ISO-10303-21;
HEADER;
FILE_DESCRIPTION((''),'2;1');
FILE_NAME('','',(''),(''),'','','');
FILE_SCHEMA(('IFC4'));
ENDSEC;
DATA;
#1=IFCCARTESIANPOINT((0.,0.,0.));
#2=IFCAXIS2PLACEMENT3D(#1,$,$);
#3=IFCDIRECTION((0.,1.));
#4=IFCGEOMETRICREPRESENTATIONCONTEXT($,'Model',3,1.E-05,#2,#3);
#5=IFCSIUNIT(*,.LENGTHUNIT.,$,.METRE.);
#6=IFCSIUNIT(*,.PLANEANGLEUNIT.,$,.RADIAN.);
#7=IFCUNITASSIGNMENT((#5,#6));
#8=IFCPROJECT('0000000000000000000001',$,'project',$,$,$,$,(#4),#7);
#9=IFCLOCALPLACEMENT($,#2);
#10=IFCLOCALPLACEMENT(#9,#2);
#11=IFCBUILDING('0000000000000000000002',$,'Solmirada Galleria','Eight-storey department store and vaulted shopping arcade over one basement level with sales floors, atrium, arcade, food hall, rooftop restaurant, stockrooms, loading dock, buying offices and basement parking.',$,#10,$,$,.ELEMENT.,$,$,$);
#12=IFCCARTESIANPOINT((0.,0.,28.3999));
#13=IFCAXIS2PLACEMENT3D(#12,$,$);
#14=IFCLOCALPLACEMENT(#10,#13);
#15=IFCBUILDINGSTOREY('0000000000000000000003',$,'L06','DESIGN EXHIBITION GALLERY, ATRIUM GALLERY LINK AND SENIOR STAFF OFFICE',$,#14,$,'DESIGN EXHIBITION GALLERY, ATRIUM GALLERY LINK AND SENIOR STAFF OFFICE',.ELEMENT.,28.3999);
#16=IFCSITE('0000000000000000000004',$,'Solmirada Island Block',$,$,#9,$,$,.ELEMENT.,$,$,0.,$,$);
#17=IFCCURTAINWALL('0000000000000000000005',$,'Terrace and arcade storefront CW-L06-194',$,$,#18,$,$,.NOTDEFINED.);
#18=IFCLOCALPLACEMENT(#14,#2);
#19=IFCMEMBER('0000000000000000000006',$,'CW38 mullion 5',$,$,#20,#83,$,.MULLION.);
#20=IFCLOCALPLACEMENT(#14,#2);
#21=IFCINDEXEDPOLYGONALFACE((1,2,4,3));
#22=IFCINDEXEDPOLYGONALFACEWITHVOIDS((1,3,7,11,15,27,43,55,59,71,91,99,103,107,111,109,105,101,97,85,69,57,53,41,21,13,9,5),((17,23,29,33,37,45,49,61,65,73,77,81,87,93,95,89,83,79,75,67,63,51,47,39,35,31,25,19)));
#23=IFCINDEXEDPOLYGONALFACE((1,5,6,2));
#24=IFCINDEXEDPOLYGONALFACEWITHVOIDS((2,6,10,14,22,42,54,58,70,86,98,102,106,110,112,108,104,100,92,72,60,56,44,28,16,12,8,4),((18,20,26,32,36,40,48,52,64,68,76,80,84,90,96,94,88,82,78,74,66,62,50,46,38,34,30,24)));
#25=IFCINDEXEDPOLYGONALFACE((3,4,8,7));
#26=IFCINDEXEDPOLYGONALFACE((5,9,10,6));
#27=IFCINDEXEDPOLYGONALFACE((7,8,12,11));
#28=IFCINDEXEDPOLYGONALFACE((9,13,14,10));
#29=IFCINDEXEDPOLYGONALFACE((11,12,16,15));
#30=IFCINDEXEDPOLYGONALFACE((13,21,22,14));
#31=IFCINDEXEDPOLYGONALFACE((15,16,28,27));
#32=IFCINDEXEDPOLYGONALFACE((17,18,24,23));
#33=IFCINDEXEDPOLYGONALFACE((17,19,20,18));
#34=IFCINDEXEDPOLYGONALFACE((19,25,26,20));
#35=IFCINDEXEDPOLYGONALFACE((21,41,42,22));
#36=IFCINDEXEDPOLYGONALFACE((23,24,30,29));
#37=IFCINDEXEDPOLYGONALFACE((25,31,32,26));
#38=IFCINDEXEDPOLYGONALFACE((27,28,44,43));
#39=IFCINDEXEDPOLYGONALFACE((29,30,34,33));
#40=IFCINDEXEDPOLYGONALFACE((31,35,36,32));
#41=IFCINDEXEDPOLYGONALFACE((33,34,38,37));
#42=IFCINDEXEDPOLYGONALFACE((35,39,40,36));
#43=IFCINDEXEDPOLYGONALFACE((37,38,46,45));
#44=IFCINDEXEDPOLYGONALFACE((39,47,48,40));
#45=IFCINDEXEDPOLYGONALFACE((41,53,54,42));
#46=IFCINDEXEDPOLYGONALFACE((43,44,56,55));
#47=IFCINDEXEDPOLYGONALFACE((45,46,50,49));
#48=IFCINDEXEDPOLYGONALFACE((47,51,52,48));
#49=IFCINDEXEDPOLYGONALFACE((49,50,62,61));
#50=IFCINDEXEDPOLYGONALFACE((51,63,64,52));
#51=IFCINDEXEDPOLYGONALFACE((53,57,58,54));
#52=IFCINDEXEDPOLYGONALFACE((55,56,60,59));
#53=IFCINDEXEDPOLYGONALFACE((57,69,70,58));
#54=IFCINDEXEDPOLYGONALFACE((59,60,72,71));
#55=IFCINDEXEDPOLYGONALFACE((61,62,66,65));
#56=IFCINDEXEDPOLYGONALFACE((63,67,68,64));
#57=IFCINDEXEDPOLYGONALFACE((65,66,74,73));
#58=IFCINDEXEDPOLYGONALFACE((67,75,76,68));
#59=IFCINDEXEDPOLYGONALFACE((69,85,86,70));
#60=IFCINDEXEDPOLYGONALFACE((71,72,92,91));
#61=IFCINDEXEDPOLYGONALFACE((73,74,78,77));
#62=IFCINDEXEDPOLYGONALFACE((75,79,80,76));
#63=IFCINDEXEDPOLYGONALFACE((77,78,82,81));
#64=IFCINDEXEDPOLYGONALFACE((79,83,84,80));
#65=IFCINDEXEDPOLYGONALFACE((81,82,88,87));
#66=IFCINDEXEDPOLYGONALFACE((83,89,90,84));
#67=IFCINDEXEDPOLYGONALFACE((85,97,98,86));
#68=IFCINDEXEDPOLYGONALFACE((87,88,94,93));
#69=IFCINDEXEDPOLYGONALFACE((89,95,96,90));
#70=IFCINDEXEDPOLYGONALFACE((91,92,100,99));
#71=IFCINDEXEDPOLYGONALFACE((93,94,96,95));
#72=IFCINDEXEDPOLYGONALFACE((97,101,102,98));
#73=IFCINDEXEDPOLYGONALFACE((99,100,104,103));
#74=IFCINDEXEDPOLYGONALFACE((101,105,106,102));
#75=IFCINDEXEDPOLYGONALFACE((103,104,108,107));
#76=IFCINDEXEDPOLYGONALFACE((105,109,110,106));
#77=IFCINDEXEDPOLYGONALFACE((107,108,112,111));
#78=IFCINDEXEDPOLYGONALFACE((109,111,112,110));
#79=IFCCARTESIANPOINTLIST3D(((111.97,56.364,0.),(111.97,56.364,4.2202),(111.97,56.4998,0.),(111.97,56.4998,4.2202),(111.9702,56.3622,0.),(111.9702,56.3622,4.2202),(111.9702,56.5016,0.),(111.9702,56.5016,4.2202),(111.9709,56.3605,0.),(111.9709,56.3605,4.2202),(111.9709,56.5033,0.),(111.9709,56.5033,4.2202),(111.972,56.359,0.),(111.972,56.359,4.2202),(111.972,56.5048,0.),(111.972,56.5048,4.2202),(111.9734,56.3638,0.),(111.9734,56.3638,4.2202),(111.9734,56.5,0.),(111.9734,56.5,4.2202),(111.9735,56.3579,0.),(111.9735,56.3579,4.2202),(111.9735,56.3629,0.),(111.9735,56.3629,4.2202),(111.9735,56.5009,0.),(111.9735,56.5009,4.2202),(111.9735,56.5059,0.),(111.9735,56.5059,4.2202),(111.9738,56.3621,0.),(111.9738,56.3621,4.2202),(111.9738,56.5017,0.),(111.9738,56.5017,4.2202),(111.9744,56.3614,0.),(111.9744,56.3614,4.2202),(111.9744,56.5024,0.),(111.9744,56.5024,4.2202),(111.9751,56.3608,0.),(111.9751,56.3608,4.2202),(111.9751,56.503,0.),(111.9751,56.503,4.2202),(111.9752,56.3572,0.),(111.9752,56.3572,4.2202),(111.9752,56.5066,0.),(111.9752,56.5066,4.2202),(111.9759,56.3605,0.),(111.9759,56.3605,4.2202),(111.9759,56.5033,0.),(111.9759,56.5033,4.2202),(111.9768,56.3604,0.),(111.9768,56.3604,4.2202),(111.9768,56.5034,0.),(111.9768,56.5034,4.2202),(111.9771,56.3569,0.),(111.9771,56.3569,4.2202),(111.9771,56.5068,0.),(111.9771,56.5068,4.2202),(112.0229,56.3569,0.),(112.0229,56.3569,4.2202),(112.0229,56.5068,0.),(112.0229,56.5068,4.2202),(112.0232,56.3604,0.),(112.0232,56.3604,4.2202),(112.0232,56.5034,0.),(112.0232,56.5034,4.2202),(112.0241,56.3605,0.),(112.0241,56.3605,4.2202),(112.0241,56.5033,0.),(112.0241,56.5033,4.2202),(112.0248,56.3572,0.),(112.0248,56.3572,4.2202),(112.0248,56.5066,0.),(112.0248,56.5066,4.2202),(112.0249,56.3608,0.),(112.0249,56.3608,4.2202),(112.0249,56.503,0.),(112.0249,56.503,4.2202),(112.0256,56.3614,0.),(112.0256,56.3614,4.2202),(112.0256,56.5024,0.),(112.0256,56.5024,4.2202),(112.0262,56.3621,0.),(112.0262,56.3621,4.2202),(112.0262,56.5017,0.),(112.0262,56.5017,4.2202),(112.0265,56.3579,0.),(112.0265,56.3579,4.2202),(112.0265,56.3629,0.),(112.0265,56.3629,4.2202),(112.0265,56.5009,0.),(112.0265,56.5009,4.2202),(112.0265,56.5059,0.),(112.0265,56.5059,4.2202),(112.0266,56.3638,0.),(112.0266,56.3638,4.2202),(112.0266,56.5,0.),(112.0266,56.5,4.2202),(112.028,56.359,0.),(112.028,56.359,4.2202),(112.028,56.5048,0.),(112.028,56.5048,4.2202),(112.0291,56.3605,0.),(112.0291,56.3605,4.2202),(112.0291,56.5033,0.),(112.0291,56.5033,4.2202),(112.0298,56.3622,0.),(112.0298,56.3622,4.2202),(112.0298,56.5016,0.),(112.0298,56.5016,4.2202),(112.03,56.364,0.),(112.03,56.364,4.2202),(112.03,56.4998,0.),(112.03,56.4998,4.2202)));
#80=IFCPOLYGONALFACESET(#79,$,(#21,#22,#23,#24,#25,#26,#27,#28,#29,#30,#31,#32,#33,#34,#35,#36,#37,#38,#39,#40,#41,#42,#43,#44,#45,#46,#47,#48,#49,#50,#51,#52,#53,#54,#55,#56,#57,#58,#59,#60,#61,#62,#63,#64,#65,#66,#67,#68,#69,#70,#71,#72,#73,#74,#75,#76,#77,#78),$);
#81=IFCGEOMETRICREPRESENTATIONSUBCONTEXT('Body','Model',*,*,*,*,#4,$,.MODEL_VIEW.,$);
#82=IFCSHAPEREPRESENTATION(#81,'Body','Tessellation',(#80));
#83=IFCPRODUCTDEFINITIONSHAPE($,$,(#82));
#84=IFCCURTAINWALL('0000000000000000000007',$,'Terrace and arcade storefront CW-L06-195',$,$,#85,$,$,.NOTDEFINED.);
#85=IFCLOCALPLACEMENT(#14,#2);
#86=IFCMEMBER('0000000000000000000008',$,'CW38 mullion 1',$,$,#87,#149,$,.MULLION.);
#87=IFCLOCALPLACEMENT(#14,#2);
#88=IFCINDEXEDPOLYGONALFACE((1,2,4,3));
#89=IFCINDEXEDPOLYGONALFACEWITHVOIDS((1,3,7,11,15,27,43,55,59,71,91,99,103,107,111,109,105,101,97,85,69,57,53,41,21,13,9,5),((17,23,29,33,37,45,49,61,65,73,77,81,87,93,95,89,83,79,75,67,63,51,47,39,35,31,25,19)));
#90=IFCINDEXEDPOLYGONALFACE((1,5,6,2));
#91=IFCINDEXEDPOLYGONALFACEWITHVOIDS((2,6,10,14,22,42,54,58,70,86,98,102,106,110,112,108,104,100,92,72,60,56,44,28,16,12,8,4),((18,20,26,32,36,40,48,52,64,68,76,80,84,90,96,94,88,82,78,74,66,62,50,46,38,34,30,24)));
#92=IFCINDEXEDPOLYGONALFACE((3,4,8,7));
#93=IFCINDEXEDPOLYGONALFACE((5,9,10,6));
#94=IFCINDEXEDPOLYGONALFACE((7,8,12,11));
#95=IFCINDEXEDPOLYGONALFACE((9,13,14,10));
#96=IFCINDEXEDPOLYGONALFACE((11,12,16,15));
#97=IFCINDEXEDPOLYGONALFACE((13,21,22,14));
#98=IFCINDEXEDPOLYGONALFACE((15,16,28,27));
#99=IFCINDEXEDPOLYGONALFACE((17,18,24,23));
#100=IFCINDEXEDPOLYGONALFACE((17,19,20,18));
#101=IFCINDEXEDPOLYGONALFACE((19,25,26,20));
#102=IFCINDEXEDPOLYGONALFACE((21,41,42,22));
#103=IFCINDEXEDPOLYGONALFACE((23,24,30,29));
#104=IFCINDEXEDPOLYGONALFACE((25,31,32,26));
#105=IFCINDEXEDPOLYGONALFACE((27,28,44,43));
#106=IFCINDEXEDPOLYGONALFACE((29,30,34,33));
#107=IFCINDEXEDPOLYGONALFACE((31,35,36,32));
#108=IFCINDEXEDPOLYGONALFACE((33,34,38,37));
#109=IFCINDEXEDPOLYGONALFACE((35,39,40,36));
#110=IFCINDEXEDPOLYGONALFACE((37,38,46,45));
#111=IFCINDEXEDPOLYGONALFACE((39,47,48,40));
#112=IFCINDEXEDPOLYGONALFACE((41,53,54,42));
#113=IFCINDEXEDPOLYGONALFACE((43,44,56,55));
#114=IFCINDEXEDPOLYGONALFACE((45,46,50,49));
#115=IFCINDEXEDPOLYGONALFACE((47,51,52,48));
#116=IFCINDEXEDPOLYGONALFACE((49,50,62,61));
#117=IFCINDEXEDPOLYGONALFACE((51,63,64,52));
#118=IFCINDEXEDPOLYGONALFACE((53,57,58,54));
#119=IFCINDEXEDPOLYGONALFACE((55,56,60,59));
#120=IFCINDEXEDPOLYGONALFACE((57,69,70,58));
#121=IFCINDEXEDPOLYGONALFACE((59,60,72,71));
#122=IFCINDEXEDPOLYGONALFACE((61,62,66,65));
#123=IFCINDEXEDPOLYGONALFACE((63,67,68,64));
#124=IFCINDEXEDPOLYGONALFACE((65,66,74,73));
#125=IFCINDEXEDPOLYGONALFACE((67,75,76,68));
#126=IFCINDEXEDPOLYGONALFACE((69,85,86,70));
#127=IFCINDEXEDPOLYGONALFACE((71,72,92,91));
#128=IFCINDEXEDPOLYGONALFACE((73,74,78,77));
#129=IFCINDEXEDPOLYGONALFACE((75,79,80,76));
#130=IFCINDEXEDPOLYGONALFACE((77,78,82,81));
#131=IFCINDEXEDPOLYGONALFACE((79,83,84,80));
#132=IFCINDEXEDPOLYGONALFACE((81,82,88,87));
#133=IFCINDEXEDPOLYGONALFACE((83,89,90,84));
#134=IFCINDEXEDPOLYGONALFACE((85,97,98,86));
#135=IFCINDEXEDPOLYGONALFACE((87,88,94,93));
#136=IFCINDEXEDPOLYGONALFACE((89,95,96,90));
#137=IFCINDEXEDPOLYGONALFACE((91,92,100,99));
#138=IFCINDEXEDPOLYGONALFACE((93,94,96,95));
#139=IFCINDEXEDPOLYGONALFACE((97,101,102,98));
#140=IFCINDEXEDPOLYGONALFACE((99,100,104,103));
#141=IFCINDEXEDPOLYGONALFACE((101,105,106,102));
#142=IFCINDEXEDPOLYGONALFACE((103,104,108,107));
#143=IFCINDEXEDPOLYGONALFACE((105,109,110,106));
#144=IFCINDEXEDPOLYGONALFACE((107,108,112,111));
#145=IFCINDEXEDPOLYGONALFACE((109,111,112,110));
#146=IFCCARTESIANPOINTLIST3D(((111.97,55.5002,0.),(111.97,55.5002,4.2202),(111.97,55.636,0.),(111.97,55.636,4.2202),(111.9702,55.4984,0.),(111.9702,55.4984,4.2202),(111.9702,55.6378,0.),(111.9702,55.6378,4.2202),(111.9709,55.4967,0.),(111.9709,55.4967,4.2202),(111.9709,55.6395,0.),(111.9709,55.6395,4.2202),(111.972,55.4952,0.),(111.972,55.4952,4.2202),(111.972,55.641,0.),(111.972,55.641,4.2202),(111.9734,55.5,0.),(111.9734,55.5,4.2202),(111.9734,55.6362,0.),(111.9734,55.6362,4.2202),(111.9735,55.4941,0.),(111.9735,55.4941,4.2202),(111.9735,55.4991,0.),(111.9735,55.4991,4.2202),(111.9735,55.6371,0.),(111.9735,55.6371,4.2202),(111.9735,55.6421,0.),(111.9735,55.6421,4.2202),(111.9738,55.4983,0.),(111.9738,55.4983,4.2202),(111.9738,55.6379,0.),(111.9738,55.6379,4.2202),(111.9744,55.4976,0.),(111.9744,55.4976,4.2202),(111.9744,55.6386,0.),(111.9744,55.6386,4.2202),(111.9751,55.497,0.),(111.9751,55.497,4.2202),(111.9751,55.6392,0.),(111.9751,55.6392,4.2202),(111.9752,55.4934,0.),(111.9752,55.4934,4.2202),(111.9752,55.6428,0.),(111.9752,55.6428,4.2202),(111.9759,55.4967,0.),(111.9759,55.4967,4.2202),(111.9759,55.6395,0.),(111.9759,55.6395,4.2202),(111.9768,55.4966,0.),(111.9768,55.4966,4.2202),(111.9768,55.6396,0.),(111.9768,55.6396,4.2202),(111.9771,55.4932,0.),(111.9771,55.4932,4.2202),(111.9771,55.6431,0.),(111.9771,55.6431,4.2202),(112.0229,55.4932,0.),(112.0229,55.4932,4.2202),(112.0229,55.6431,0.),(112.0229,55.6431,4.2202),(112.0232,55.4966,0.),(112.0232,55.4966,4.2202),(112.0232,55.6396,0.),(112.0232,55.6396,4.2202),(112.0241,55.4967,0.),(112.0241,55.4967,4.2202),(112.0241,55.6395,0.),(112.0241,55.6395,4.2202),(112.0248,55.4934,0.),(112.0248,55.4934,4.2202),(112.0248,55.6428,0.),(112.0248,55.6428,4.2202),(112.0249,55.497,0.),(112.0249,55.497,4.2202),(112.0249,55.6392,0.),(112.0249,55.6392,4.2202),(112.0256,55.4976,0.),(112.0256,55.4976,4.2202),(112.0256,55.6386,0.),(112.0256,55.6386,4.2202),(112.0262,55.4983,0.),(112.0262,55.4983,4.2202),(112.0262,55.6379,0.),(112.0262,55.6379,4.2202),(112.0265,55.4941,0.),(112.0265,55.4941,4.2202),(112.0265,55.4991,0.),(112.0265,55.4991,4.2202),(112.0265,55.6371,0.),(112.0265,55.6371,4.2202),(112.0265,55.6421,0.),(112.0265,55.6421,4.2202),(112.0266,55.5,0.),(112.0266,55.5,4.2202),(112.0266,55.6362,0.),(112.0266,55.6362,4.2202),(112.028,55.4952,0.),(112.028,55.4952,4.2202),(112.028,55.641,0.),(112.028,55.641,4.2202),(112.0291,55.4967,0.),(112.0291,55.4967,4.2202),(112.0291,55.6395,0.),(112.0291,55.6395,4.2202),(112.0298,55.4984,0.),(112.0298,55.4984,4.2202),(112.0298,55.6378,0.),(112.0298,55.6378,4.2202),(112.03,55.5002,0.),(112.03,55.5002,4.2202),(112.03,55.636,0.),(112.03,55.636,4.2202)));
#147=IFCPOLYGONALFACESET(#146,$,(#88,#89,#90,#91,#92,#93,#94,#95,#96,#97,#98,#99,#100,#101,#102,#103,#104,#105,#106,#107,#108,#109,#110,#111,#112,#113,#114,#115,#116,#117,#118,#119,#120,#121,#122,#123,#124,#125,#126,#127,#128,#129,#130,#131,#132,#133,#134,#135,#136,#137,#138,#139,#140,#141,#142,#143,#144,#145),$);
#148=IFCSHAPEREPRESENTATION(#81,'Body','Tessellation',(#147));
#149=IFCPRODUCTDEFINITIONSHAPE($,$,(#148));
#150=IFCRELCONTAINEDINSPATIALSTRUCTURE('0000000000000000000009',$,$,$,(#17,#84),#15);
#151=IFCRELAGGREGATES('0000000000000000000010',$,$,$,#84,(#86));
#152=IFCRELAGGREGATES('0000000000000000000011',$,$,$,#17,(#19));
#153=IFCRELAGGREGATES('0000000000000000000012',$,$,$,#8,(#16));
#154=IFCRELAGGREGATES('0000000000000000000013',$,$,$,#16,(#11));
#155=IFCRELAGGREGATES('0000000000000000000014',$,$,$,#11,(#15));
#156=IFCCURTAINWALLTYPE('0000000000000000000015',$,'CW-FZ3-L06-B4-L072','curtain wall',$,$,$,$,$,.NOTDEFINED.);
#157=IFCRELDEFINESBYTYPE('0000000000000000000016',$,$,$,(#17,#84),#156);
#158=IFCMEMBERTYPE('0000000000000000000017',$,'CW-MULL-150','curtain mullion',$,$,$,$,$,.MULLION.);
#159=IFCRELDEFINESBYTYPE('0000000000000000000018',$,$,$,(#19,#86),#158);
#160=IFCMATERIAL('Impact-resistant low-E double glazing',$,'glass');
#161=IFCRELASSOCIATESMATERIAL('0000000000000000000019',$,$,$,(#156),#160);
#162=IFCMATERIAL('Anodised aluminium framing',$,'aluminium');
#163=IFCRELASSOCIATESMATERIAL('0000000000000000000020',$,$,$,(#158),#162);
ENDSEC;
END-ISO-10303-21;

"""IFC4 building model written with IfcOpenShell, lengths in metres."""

from ifc_helpers import new_model, si_unit, direction, frame, origin, origin_2d, place, context, subcontext, project, spatial, hollow_rectangle, extrude, material, material_profile, profile_set, type_object, element, aggregate, save


model = new_model("IFC4")

# Units and contexts
model_context = context("Model", 3, precision=1e-05, world=origin(), true_north=direction((0.0, 1.0)))
body_context = subcontext(model_context, "Body", "Model", "MODEL_VIEW")
ifc_project = project(units=[si_unit("LENGTHUNIT", "METRE"), si_unit("PLANEANGLEUNIT", "RADIAN")], contexts=[model_context])

# Site, building, storey
site_placement = place(None, origin())
site = spatial("IfcSite", under=ifc_project, at=site_placement, Name="Solmirada Island Block", CompositionType="ELEMENT", RefElevation=0.0)
building_placement = place(site_placement, origin())
building = spatial("IfcBuilding", under=site, at=building_placement, Name="Solmirada Galleria", Description="Eight-storey department store and vaulted shopping arcade over one basement level with sales floors, atrium, arcade, food hall, rooftop restaurant, stockrooms, loading dock, buying offices and basement parking.", CompositionType="ELEMENT")
storey_placement = place(building_placement, frame((0.0, 0.0, 28.3999)))
storey = spatial("IfcBuildingStorey", under=building, at=storey_placement, Name="L06", Description="DESIGN EXHIBITION GALLERY, ATRIUM GALLERY LINK AND SENIOR STAFF OFFICE", LongName="DESIGN EXHIBITION GALLERY, ATRIUM GALLERY LINK AND SENIOR STAFF OFFICE", CompositionType="ELEMENT", Elevation=28.3999)

# Curtain wall, member
ifc_material_1 = material(Name="Impact-resistant low-E double glazing", Category="glass")
curtain_wall_type = type_object("IfcCurtainWallType", Name="CW-FZ3-L06-B4-L072", Description="curtain wall", PredefinedType="NOTDEFINED", material=ifc_material_1)
curtain_wall_1_placement = place(storey_placement, origin())
curtain_wall_1 = element("IfcCurtainWall", 1, at=curtain_wall_1_placement, inside=storey, type_object=curtain_wall_type, Name="Terrace and arcade storefront CW-L06-194", PredefinedType="NOTDEFINED")
ifc_material_2 = material(Name="Anodised aluminium framing", Category="aluminium")
ifc_material_profile_1 = material_profile(ifc_material_2, hollow_rectangle(XDim=0.0601, YDim=0.1499, WallThickness=0.0034, InnerFilletRadius=0.0034, OuterFilletRadius=0.0071, at=origin_2d()), Name="ALU-MULL-150X60")
ifc_profile_set_1 = profile_set([ifc_material_profile_1], Name="Anodised aluminium framing")
member_type_1 = type_object("IfcMemberType", Name="CW-MULL-150", Description="curtain mullion", PredefinedType="MULLION", material=ifc_profile_set_1)
member_1_placement = place(storey_placement, frame((112.0, 56.4319, 0.0), z_axis=(0.0, 0.0, 1.0), x_axis=(1.0, 0.0, 0.0)))
member_1 = element("IfcMember", 2, at=member_1_placement, type_object=member_type_1, Name="CW38 mullion 5", PredefinedType="MULLION", context=body_context, shape_type="SweptSolid", body=[
    extrude(hollow_rectangle(XDim=0.0601, YDim=0.1499, WallThickness=0.0034, InnerFilletRadius=0.0034, OuterFilletRadius=0.0071, at=origin_2d()), origin(), (0.0, 0.0, 1.0), 4.2202),
])

# Curtain wall, member
curtain_wall_2_placement = place(storey_placement, origin())
curtain_wall_2 = element("IfcCurtainWall", 3, at=curtain_wall_2_placement, inside=storey, type_object=curtain_wall_type, Name="Terrace and arcade storefront CW-L06-195", PredefinedType="NOTDEFINED")
member_2_placement = place(storey_placement, frame((112.0, 55.5681, 0.0), z_axis=(0.0, 0.0, 1.0), x_axis=(1.0, 0.0, 0.0)))
member_2 = element("IfcMember", 4, at=member_2_placement, type_object=member_type_1, Name="CW38 mullion 1", PredefinedType="MULLION", context=body_context, shape_type="SweptSolid", body=[
    extrude(hollow_rectangle(XDim=0.0601, YDim=0.1499, WallThickness=0.0034, InnerFilletRadius=0.0034, OuterFilletRadius=0.0071, at=origin_2d()), origin(), (0.0, 0.0, 1.0), 4.2202),
])

aggregate(curtain_wall_2, [member_2])

aggregate(curtain_wall_1, [member_1])

save(model, "model.ifc")
